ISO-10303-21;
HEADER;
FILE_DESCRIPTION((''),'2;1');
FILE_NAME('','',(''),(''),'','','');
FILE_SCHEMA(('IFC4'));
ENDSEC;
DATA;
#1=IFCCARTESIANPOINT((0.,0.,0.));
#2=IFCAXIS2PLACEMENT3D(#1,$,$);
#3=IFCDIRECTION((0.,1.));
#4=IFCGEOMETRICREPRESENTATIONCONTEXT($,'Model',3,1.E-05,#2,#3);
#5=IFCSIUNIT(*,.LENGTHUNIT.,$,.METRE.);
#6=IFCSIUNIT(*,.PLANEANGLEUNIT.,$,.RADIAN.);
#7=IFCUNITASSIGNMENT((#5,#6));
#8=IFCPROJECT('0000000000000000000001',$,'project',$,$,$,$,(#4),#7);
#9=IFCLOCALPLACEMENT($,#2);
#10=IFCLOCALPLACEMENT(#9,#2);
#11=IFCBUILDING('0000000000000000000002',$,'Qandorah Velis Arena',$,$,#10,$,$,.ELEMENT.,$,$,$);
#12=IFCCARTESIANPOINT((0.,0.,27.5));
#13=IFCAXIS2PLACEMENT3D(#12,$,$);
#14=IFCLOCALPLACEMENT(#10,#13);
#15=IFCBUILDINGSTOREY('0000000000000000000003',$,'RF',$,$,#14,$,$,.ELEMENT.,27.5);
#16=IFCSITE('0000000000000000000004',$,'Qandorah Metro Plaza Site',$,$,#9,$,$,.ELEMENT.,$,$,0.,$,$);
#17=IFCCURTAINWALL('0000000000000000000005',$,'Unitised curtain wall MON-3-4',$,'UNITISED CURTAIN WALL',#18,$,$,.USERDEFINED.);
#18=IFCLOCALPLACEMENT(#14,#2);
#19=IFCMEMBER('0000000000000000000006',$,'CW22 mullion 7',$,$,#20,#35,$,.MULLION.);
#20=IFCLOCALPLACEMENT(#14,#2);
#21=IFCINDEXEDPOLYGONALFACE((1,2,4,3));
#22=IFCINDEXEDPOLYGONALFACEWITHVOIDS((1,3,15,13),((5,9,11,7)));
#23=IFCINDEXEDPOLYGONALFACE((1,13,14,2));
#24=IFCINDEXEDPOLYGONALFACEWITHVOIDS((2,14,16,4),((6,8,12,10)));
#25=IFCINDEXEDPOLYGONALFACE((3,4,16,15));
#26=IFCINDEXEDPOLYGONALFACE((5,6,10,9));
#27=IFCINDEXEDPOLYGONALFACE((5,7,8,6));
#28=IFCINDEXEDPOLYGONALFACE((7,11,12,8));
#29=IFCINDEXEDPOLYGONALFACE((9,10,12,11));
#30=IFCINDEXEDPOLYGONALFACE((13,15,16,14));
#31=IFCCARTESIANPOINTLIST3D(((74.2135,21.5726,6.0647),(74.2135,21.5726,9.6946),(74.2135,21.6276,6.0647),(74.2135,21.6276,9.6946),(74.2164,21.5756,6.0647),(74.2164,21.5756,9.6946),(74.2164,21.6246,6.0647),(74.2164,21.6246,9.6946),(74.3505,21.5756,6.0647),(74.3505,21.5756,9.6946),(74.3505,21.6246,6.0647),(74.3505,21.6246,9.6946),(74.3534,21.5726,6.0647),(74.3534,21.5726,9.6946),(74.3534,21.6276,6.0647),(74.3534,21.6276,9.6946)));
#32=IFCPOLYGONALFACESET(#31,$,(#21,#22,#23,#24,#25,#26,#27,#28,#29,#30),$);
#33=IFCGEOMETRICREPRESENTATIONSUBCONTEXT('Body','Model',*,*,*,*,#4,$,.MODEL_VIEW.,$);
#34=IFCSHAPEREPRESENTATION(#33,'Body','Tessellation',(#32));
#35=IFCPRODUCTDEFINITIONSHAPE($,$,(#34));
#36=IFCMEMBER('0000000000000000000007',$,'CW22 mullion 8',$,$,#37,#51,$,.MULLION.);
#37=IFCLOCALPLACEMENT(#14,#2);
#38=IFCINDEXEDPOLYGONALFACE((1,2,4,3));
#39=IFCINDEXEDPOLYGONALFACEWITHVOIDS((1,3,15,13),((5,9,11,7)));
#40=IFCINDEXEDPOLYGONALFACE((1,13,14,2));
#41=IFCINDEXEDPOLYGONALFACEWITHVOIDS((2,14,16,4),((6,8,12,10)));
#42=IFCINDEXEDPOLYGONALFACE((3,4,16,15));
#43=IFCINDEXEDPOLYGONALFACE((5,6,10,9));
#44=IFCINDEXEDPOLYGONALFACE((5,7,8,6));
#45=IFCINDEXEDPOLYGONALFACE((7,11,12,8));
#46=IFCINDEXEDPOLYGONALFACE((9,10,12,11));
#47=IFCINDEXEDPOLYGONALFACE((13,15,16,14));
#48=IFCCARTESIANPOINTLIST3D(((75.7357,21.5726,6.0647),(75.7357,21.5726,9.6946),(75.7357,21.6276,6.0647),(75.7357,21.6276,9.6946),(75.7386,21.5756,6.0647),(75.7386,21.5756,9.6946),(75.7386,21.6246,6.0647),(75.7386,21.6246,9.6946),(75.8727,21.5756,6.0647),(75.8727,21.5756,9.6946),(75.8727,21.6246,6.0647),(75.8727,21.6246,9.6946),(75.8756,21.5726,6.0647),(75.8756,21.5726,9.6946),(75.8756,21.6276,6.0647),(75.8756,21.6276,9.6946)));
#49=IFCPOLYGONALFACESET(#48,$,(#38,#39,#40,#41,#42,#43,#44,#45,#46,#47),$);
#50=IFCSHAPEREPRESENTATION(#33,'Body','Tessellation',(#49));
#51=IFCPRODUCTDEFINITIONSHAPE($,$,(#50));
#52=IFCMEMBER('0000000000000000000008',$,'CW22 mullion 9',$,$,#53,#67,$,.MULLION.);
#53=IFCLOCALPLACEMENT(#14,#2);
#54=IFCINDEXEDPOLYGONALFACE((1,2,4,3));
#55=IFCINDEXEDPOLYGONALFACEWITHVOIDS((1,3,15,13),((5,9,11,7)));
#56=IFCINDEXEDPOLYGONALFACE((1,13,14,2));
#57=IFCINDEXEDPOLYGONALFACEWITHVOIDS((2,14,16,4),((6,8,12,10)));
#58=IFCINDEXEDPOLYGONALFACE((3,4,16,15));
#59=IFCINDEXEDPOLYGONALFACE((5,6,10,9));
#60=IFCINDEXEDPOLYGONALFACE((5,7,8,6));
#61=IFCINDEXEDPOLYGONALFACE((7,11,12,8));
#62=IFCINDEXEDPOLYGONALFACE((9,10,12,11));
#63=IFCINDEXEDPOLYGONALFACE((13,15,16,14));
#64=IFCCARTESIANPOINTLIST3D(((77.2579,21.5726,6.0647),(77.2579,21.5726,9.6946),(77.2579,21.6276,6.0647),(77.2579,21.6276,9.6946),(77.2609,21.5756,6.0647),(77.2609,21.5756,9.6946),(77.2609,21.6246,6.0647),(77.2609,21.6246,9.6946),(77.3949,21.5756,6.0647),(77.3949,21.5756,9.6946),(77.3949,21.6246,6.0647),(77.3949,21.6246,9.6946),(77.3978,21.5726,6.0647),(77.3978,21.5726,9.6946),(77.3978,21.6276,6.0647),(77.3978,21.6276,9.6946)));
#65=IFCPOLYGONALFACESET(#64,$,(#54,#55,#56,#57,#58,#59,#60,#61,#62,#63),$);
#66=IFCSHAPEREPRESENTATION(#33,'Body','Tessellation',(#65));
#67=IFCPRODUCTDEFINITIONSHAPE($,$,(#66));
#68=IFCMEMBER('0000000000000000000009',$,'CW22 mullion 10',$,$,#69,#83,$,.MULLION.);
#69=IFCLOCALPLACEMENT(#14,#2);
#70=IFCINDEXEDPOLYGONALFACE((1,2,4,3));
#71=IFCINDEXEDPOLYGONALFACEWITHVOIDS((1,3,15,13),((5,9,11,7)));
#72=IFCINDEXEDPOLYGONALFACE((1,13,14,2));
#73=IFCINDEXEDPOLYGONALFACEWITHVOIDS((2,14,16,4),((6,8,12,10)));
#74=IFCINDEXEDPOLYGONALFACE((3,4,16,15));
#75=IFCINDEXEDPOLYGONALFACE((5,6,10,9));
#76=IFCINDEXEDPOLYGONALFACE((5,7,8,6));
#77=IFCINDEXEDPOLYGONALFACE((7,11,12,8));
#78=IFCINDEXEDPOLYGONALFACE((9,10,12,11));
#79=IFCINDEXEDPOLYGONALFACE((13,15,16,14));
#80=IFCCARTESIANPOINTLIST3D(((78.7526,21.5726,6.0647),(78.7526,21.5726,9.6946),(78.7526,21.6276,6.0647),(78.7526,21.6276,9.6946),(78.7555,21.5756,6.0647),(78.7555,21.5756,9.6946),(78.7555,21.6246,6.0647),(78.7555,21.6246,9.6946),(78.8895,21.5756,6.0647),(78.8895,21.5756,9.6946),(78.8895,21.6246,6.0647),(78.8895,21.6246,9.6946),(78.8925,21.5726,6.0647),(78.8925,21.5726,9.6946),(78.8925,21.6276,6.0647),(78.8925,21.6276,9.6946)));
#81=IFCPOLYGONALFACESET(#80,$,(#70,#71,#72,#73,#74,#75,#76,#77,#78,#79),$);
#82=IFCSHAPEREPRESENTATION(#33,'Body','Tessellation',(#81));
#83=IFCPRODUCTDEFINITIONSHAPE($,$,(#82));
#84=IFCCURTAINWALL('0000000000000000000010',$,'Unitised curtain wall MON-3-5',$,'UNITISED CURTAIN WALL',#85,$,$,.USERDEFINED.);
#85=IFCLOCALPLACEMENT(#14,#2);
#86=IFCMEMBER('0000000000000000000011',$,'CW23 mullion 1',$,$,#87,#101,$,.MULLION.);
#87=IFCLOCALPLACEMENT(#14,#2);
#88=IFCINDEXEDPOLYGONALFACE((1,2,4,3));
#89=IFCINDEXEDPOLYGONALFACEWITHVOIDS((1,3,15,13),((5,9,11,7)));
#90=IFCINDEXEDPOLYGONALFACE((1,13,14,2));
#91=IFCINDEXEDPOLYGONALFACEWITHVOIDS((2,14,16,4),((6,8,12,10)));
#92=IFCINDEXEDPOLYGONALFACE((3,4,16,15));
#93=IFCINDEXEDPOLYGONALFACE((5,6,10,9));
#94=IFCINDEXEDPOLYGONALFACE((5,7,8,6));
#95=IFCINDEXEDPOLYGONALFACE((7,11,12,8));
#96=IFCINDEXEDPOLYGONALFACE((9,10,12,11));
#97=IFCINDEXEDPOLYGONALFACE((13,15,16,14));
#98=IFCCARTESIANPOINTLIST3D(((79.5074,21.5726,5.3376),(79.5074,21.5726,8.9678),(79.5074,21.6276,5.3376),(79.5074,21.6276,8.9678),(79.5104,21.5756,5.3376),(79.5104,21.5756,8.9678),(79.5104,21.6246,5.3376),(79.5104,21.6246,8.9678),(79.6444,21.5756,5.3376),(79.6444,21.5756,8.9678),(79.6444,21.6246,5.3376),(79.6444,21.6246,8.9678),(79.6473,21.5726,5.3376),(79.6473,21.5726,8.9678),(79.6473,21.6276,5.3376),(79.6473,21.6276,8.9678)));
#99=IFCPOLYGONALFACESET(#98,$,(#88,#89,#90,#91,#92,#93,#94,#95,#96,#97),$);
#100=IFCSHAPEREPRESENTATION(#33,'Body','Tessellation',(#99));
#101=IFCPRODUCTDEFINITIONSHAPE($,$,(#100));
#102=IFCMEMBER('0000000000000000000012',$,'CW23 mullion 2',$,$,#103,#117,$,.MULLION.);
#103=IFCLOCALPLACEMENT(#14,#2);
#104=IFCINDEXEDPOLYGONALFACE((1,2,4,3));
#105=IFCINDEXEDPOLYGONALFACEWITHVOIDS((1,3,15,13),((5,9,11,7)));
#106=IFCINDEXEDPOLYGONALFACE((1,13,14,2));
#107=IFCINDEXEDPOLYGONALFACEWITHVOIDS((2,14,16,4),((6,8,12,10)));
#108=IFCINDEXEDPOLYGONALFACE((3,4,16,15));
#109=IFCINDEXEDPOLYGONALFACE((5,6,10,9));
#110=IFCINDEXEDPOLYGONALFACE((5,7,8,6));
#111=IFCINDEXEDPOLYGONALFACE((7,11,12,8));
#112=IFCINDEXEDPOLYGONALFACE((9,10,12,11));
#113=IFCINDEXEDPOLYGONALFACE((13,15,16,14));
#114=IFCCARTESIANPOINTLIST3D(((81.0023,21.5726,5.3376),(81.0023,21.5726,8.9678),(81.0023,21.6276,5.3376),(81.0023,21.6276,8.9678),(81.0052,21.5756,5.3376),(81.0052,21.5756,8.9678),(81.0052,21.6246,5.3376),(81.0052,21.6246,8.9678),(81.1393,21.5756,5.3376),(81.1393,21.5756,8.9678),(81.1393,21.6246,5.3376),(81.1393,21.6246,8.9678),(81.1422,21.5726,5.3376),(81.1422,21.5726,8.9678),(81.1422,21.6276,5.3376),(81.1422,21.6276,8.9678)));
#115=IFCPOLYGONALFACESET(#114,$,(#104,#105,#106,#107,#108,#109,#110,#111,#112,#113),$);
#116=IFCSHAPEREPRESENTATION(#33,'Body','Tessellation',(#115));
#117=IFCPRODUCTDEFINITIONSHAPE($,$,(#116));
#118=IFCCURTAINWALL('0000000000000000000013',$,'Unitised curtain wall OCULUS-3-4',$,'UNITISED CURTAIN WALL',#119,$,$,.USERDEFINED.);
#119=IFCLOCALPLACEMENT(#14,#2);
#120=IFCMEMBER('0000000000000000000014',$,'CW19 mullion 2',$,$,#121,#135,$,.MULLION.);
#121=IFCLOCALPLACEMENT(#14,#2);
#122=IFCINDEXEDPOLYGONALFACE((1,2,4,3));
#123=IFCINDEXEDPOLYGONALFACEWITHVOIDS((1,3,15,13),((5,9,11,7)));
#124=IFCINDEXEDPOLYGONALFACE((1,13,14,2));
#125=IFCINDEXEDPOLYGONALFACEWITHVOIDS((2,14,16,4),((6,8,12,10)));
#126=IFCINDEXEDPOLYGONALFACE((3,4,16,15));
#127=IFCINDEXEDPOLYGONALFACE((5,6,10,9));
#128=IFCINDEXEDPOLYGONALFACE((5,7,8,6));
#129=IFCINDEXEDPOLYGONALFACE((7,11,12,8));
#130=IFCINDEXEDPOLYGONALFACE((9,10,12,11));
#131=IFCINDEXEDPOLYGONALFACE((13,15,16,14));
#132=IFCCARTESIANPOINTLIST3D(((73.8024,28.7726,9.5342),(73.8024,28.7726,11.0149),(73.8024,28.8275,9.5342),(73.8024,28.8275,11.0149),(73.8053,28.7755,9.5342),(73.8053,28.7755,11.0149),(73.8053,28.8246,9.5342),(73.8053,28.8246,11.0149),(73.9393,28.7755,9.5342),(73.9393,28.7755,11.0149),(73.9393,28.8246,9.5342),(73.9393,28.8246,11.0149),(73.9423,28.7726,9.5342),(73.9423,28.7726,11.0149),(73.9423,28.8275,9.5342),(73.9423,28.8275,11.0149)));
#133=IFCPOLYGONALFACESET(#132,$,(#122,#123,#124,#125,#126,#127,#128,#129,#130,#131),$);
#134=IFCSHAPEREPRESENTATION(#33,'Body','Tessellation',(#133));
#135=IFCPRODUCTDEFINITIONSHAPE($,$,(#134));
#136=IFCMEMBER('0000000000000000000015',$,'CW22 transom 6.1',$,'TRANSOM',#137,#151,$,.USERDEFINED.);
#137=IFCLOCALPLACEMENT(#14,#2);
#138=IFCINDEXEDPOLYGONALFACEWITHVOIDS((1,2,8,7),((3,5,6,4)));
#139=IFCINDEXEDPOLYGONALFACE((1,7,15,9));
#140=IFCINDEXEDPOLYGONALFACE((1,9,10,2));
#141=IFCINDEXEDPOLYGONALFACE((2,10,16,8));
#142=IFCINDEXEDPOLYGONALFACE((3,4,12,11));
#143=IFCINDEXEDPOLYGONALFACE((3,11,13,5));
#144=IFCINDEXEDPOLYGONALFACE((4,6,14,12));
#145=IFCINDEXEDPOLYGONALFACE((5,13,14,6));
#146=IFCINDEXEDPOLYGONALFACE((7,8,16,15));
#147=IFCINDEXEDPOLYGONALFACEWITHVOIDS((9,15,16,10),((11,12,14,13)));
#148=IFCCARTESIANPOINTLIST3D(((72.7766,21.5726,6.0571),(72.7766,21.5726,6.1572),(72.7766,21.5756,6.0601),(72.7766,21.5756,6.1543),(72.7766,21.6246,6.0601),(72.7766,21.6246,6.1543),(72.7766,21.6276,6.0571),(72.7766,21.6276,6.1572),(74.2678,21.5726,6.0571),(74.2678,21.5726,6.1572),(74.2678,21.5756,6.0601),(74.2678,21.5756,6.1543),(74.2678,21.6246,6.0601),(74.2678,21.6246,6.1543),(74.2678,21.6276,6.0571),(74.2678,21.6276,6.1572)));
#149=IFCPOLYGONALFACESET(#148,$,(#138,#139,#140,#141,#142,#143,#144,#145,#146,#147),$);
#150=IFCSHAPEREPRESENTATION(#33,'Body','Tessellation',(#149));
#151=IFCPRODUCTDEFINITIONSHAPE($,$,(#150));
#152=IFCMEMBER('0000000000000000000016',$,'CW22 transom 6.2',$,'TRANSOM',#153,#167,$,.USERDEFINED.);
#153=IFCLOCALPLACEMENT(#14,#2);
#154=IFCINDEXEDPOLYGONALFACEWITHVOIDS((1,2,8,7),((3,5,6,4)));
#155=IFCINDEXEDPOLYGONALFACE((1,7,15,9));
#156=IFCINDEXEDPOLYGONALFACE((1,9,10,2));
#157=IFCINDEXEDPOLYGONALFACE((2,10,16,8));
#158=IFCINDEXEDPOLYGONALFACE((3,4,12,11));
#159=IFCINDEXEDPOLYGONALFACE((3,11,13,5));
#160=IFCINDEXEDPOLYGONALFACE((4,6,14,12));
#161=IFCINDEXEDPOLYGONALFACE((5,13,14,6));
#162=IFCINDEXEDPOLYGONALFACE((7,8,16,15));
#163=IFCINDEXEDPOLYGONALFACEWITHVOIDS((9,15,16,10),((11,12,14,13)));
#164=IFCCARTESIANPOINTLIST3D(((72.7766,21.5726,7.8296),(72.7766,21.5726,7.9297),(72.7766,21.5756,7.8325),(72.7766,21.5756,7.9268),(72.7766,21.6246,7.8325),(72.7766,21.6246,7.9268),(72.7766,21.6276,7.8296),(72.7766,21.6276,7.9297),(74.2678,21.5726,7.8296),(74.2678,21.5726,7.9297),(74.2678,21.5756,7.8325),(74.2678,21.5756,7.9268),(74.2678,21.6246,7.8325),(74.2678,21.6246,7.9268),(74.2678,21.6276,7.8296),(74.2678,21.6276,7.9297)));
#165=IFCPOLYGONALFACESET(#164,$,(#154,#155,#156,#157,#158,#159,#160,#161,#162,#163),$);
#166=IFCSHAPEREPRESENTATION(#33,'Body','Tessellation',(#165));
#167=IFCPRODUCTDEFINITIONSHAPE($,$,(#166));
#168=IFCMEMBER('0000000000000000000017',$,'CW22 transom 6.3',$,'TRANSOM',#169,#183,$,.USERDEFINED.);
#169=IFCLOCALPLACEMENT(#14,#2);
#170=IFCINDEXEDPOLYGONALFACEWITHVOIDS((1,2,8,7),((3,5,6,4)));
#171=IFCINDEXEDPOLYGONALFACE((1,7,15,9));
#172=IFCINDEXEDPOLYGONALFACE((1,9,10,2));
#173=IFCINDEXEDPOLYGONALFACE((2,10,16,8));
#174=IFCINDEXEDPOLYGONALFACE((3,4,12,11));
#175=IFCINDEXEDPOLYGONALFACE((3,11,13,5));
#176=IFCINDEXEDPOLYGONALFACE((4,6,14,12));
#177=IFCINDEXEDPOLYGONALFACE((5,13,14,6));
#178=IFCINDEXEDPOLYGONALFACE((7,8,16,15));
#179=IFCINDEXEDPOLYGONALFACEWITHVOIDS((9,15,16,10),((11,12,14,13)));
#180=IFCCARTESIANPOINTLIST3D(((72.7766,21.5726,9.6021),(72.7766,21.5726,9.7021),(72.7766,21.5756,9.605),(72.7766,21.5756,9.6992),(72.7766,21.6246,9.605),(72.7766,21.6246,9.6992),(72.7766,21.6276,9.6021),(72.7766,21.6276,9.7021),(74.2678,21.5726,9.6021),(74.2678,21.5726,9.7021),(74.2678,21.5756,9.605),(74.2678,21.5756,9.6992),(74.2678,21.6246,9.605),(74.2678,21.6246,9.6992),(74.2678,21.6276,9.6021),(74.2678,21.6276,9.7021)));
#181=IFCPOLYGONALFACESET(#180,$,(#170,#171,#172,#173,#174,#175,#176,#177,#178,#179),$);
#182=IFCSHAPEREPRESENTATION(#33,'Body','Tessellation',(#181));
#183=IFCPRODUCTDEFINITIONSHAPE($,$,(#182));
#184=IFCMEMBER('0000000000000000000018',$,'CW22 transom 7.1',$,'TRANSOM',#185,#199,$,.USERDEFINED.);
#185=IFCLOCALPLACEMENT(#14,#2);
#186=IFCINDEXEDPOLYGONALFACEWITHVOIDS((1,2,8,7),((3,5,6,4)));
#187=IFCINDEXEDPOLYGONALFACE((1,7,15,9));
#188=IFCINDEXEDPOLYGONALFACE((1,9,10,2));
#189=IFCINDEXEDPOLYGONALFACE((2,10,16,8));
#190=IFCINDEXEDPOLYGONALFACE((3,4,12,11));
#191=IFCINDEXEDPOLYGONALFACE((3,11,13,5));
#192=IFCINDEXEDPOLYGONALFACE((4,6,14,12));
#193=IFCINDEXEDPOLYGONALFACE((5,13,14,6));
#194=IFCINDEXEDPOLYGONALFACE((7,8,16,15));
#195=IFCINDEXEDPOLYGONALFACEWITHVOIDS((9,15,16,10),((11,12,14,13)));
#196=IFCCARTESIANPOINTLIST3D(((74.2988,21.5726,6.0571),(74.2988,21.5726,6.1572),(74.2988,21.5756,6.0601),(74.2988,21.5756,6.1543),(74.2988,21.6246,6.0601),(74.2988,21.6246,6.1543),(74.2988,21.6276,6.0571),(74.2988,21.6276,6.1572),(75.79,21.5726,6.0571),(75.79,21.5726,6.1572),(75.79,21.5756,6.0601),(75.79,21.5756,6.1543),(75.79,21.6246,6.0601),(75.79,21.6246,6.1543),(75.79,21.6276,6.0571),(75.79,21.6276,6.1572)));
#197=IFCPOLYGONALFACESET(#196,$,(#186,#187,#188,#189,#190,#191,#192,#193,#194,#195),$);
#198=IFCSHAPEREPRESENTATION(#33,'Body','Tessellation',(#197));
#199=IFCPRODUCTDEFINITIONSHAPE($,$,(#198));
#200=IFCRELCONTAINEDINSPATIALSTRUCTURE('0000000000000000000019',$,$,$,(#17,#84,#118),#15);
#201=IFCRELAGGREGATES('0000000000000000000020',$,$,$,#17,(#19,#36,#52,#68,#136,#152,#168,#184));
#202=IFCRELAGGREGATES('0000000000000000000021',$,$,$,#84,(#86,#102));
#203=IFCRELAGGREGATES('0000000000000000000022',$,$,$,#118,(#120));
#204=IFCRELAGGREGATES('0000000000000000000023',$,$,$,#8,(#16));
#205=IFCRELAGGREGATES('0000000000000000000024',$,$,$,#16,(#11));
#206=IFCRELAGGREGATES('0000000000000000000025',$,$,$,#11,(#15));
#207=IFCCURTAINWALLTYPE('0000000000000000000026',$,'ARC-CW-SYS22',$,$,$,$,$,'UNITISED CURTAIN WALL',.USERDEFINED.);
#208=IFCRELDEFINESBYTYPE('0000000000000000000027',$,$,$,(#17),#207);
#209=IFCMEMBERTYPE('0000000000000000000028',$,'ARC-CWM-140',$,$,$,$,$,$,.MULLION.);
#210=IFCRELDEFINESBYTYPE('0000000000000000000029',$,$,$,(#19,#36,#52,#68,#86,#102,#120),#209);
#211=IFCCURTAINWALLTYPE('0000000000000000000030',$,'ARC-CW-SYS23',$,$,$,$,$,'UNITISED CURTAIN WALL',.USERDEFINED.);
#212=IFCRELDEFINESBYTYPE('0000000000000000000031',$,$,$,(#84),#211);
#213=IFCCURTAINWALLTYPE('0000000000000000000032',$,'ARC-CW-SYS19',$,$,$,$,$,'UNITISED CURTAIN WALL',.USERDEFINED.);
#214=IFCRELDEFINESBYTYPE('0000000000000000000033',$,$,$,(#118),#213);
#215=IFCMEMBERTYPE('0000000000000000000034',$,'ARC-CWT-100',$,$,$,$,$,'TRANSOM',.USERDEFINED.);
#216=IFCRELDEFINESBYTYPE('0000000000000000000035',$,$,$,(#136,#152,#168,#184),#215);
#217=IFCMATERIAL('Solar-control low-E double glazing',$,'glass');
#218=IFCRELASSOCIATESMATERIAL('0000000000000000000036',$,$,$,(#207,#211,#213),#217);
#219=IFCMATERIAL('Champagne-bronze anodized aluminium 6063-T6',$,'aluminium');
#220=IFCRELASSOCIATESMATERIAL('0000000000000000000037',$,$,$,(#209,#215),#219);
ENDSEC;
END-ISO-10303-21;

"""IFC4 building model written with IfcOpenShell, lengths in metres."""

from ifc_helpers import new_model, si_unit, direction, frame, origin, origin_2d, place, context, subcontext, project, spatial, hollow_rectangle, extrude, material, material_profile, profile_set, type_object, element, aggregate, save


model = new_model("IFC4")

# Units and contexts
model_context = context("Model", 3, precision=1e-05, world=origin(), true_north=direction((0.0, 1.0)))
body_context = subcontext(model_context, "Body", "Model", "MODEL_VIEW")
ifc_project = project(units=[si_unit("LENGTHUNIT", "METRE"), si_unit("PLANEANGLEUNIT", "RADIAN")], contexts=[model_context])

# Site, building, storey
site_placement = place(None, origin())
site = spatial("IfcSite", under=ifc_project, at=site_placement, Name="Qandorah Metro Plaza Site", CompositionType="ELEMENT", RefElevation=0.0)
building_placement = place(site_placement, origin())
building = spatial("IfcBuilding", under=site, at=building_placement, Name="Qandorah Velis Arena", CompositionType="ELEMENT")
storey_placement = place(building_placement, frame((0.0, 0.0, 27.5)))
storey = spatial("IfcBuildingStorey", under=building, at=storey_placement, Name="RF", CompositionType="ELEMENT", Elevation=27.5)

# Curtain walls, members
ifc_material_1 = material(Name="Solar-control low-E double glazing", Category="glass")
curtain_wall_type_1 = type_object("IfcCurtainWallType", Name="ARC-CW-SYS22", ElementType="UNITISED CURTAIN WALL", PredefinedType="USERDEFINED", material=ifc_material_1)
curtain_wall_1_placement = place(storey_placement, origin())
curtain_wall_1 = element("IfcCurtainWall", 1, at=curtain_wall_1_placement, inside=storey, type_object=curtain_wall_type_1, Name="Unitised curtain wall MON-3-4", ObjectType="UNITISED CURTAIN WALL", PredefinedType="USERDEFINED")
ifc_material_2 = material(Name="Champagne-bronze anodized aluminium 6063-T6", Category="aluminium")
ifc_material_profile_1 = material_profile(ifc_material_2, hollow_rectangle(XDim=0.0549, YDim=0.1399, WallThickness=0.0029, at=origin_2d()), Name="ALU MULLION 55x140")
ifc_profile_set_1 = profile_set([ifc_material_profile_1], Name="Champagne-bronze anodized aluminium 6063-T6")
member_type_1 = type_object("IfcMemberType", Name="ARC-CWM-140", PredefinedType="MULLION", material=ifc_profile_set_1)
member_1_placement = place(storey_placement, frame((74.2834, 21.6001, 6.0647), z_axis=(0.0, 0.0, 1.0), x_axis=(0.0, 1.0, 0.0)))
member_1 = element("IfcMember", 2, at=member_1_placement, type_object=member_type_1, Name="CW22 mullion 7", PredefinedType="MULLION", context=body_context, shape_type="SweptSolid", body=[
    extrude(hollow_rectangle(XDim=0.0549, YDim=0.1399, WallThickness=0.0029, at=origin_2d()), origin(), (0.0, 0.0, 1.0), 3.6299),
])
member_2_placement = place(storey_placement, frame((75.8057, 21.6001, 6.0647), z_axis=(0.0, 0.0, 1.0), x_axis=(0.0, 1.0, 0.0)))
member_2 = element("IfcMember", 3, at=member_2_placement, type_object=member_type_1, Name="CW22 mullion 8", PredefinedType="MULLION", context=body_context, shape_type="SweptSolid", body=[
    extrude(hollow_rectangle(XDim=0.0549, YDim=0.1399, WallThickness=0.0029, at=origin_2d()), origin(), (0.0, 0.0, 1.0), 3.6299),
])
member_3_placement = place(storey_placement, frame((77.3279, 21.6001, 6.0647), z_axis=(0.0, 0.0, 1.0), x_axis=(0.0, 1.0, 0.0)))
member_3 = element("IfcMember", 4, at=member_3_placement, type_object=member_type_1, Name="CW22 mullion 9", PredefinedType="MULLION", context=body_context, shape_type="SweptSolid", body=[
    extrude(hollow_rectangle(XDim=0.0549, YDim=0.1399, WallThickness=0.0029, at=origin_2d()), origin(), (0.0, 0.0, 1.0), 3.6299),
])
member_4_placement = place(storey_placement, frame((78.8225, 21.6001, 6.0647), z_axis=(0.0, 0.0, 1.0), x_axis=(0.0, 1.0, 0.0)))
member_4 = element("IfcMember", 5, at=member_4_placement, type_object=member_type_1, Name="CW22 mullion 10", PredefinedType="MULLION", context=body_context, shape_type="SweptSolid", body=[
    extrude(hollow_rectangle(XDim=0.0549, YDim=0.1399, WallThickness=0.0029, at=origin_2d()), origin(), (0.0, 0.0, 1.0), 3.6299),
])
curtain_wall_type_2 = type_object("IfcCurtainWallType", Name="ARC-CW-SYS23", ElementType="UNITISED CURTAIN WALL", PredefinedType="USERDEFINED", material=ifc_material_1)
curtain_wall_2_placement = place(storey_placement, origin())
curtain_wall_2 = element("IfcCurtainWall", 6, at=curtain_wall_2_placement, inside=storey, type_object=curtain_wall_type_2, Name="Unitised curtain wall MON-3-5", ObjectType="UNITISED CURTAIN WALL", PredefinedType="USERDEFINED")
member_5_placement = place(storey_placement, frame((79.5774, 21.6001, 5.3376), z_axis=(0.0, 0.0, 1.0), x_axis=(0.0, 1.0, 0.0)))
member_5 = element("IfcMember", 7, at=member_5_placement, type_object=member_type_1, Name="CW23 mullion 1", PredefinedType="MULLION", context=body_context, shape_type="SweptSolid", body=[
    extrude(hollow_rectangle(XDim=0.0549, YDim=0.1399, WallThickness=0.0029, at=origin_2d()), origin(), (0.0, 0.0, 1.0), 3.6301),
])
member_6_placement = place(storey_placement, frame((81.0723, 21.6001, 5.3376), z_axis=(0.0, 0.0, 1.0), x_axis=(0.0, 1.0, 0.0)))
member_6 = element("IfcMember", 8, at=member_6_placement, type_object=member_type_1, Name="CW23 mullion 2", PredefinedType="MULLION", context=body_context, shape_type="SweptSolid", body=[
    extrude(hollow_rectangle(XDim=0.0549, YDim=0.1399, WallThickness=0.0029, at=origin_2d()), origin(), (0.0, 0.0, 1.0), 3.6301),
])

# Curtain wall, member
curtain_wall_type_3 = type_object("IfcCurtainWallType", Name="ARC-CW-SYS19", ElementType="UNITISED CURTAIN WALL", PredefinedType="USERDEFINED", material=ifc_material_1)
curtain_wall_3_placement = place(storey_placement, origin())
curtain_wall_3 = element("IfcCurtainWall", 9, at=curtain_wall_3_placement, inside=storey, type_object=curtain_wall_type_3, Name="Unitised curtain wall OCULUS-3-4", ObjectType="UNITISED CURTAIN WALL", PredefinedType="USERDEFINED")
member_7_placement = place(storey_placement, frame((73.8723, 28.8, 9.5342), z_axis=(0.0, 0.0, 1.0), x_axis=(0.0, 1.0, 0.0)))
member_7 = element("IfcMember", 10, at=member_7_placement, type_object=member_type_1, Name="CW19 mullion 2", PredefinedType="MULLION", context=body_context, shape_type="SweptSolid", body=[
    extrude(hollow_rectangle(XDim=0.0549, YDim=0.1399, WallThickness=0.0029, at=origin_2d()), origin(), (0.0, 0.0, 1.0), 1.4807),
])

# Members
ifc_material_profile_2 = material_profile(ifc_material_2, hollow_rectangle(XDim=0.0549, YDim=0.1001, WallThickness=0.0029, at=origin_2d()), Name="ALU TRANSOM 55x100")
ifc_profile_set_2 = profile_set([ifc_material_profile_2], Name="Champagne-bronze anodized aluminium 6063-T6")
member_type_2 = type_object("IfcMemberType", Name="ARC-CWT-100", ElementType="TRANSOM", PredefinedType="USERDEFINED", material=ifc_profile_set_2)
member_8_placement = place(storey_placement, frame((72.7766, 21.6001, 6.1072), z_axis=(1.0, 0.0, 0.0), x_axis=(0.0, 1.0, 0.0)))
member_8 = element("IfcMember", 11, at=member_8_placement, type_object=member_type_2, Name="CW22 transom 6.1", ObjectType="TRANSOM", PredefinedType="USERDEFINED", context=body_context, shape_type="SweptSolid", body=[
    extrude(hollow_rectangle(XDim=0.0549, YDim=0.1001, WallThickness=0.0029, at=origin_2d()), origin(), (0.0, 0.0, 1.0), 1.4912),
])
member_9_placement = place(storey_placement, frame((72.7766, 21.6001, 7.8796), z_axis=(1.0, 0.0, 0.0), x_axis=(0.0, 1.0, 0.0)))
member_9 = element("IfcMember", 12, at=member_9_placement, type_object=member_type_2, Name="CW22 transom 6.2", ObjectType="TRANSOM", PredefinedType="USERDEFINED", context=body_context, shape_type="SweptSolid", body=[
    extrude(hollow_rectangle(XDim=0.0549, YDim=0.1001, WallThickness=0.0029, at=origin_2d()), origin(), (0.0, 0.0, 1.0), 1.4912),
])
member_10_placement = place(storey_placement, frame((72.7766, 21.6001, 9.6521), z_axis=(1.0, 0.0, 0.0), x_axis=(0.0, 1.0, 0.0)))
member_10 = element("IfcMember", 13, at=member_10_placement, type_object=member_type_2, Name="CW22 transom 6.3", ObjectType="TRANSOM", PredefinedType="USERDEFINED", context=body_context, shape_type="SweptSolid", body=[
    extrude(hollow_rectangle(XDim=0.0549, YDim=0.1001, WallThickness=0.0029, at=origin_2d()), origin(), (0.0, 0.0, 1.0), 1.4912),
])
member_11_placement = place(storey_placement, frame((74.2988, 21.6001, 6.1072), z_axis=(1.0, 0.0, 0.0), x_axis=(0.0, 1.0, 0.0)))
member_11 = element("IfcMember", 14, at=member_11_placement, type_object=member_type_2, Name="CW22 transom 7.1", ObjectType="TRANSOM", PredefinedType="USERDEFINED", context=body_context, shape_type="SweptSolid", body=[
    extrude(hollow_rectangle(XDim=0.0549, YDim=0.1001, WallThickness=0.0029, at=origin_2d()), origin(), (0.0, 0.0, 1.0), 1.4912),
])

aggregate(curtain_wall_1, [member_1, member_2, member_3, member_4, member_8, member_9, member_10, member_11])
aggregate(curtain_wall_2, [member_5, member_6])
aggregate(curtain_wall_3, [member_7])

save(model, "model.ifc")
